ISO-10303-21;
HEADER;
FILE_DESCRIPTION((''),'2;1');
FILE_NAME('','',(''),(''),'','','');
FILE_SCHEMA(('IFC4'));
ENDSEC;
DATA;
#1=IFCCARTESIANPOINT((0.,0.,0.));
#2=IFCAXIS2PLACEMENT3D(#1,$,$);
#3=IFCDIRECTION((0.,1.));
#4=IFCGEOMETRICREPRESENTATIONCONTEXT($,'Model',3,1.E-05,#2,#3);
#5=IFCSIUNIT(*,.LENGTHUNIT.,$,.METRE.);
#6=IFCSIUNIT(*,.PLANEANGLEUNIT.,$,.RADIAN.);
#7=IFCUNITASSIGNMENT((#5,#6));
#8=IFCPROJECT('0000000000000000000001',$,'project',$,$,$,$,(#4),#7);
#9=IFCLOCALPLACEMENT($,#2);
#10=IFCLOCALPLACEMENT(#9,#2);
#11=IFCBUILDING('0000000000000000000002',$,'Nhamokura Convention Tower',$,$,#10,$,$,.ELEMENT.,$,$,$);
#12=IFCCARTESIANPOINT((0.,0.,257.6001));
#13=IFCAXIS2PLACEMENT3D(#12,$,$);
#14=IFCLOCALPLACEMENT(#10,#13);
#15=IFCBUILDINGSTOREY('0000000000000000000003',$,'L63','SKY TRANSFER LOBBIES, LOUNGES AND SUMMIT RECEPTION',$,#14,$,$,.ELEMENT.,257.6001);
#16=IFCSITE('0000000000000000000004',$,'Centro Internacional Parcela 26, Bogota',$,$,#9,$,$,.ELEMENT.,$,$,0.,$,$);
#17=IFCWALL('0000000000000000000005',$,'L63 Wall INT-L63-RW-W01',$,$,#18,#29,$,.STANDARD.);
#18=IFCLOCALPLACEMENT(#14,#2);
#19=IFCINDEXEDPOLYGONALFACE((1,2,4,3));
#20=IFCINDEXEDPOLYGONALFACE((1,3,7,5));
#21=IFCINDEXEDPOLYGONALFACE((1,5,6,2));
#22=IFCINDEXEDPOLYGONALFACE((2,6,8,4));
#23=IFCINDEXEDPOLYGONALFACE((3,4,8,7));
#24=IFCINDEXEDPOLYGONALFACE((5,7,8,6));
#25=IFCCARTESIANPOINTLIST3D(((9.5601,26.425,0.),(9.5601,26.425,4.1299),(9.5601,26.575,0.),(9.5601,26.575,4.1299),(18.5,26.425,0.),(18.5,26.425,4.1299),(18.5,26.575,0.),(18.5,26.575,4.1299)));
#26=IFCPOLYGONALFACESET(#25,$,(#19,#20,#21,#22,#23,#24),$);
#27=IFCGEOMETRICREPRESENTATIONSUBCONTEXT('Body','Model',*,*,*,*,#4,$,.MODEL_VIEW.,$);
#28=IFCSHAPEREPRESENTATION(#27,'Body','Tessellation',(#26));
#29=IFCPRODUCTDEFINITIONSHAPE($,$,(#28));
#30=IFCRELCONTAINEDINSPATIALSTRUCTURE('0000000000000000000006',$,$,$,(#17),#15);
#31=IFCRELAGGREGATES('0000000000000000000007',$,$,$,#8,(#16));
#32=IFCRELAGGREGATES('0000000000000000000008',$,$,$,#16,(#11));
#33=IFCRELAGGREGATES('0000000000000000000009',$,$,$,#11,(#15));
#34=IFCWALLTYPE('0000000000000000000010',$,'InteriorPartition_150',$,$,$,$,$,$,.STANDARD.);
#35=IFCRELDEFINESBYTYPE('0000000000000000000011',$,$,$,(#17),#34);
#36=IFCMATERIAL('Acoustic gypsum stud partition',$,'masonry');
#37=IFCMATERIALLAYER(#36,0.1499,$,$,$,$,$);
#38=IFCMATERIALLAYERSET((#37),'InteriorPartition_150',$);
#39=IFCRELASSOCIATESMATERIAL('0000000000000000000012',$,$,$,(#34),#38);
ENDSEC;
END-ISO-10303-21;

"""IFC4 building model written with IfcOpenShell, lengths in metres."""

from ifc_helpers import new_model, si_unit, direction, frame, frame_2d, origin, place, context, subcontext, project, spatial, rectangle, extrude, material, layer, layer_set, type_object, element, save


model = new_model("IFC4")

# Units and contexts
model_context = context("Model", 3, precision=1e-05, world=origin(), true_north=direction((0.0, 1.0)))
body_context = subcontext(model_context, "Body", "Model", "MODEL_VIEW")
ifc_project = project(units=[si_unit("LENGTHUNIT", "METRE"), si_unit("PLANEANGLEUNIT", "RADIAN")], contexts=[model_context])

# Site, building, storey
site_placement = place(None, origin())
site = spatial("IfcSite", under=ifc_project, at=site_placement, Name="Centro Internacional Parcela 26, Bogota", CompositionType="ELEMENT", RefElevation=0.0)
building_placement = place(site_placement, origin())
building = spatial("IfcBuilding", under=site, at=building_placement, Name="Nhamokura Convention Tower", CompositionType="ELEMENT")
storey_placement = place(building_placement, frame((0.0, 0.0, 257.6001)))
storey = spatial("IfcBuildingStorey", under=building, at=storey_placement, Name="L63", Description="SKY TRANSFER LOBBIES, LOUNGES AND SUMMIT RECEPTION", CompositionType="ELEMENT", Elevation=257.6001)

# Wall
ifc_material_1 = material(Name="Acoustic gypsum stud partition", Category="masonry")
ifc_layer_1 = layer(ifc_material_1, 0.1499)
ifc_layer_set_1 = layer_set([ifc_layer_1], Name="InteriorPartition_150")
wall_type_1 = type_object("IfcWallType", Name="InteriorPartition_150", PredefinedType="STANDARD", material=ifc_layer_set_1)
wall_1_placement = place(storey_placement, frame((9.5601, 26.5, 0.0), z_axis=(0.0, 0.0, 1.0), x_axis=(1.0, 0.0, 0.0)))
element("IfcWall", 1, at=wall_1_placement, inside=storey, type_object=wall_type_1, Name="L63 Wall INT-L63-RW-W01", PredefinedType="STANDARD", context=body_context, shape_type="SweptSolid", body=[
    extrude(rectangle(XDim=8.9399, YDim=0.1499, at=frame_2d((4.47, 0.0))), origin(), (0.0, 0.0, 1.0), 4.1299),
])

save(model, "model.ifc")
